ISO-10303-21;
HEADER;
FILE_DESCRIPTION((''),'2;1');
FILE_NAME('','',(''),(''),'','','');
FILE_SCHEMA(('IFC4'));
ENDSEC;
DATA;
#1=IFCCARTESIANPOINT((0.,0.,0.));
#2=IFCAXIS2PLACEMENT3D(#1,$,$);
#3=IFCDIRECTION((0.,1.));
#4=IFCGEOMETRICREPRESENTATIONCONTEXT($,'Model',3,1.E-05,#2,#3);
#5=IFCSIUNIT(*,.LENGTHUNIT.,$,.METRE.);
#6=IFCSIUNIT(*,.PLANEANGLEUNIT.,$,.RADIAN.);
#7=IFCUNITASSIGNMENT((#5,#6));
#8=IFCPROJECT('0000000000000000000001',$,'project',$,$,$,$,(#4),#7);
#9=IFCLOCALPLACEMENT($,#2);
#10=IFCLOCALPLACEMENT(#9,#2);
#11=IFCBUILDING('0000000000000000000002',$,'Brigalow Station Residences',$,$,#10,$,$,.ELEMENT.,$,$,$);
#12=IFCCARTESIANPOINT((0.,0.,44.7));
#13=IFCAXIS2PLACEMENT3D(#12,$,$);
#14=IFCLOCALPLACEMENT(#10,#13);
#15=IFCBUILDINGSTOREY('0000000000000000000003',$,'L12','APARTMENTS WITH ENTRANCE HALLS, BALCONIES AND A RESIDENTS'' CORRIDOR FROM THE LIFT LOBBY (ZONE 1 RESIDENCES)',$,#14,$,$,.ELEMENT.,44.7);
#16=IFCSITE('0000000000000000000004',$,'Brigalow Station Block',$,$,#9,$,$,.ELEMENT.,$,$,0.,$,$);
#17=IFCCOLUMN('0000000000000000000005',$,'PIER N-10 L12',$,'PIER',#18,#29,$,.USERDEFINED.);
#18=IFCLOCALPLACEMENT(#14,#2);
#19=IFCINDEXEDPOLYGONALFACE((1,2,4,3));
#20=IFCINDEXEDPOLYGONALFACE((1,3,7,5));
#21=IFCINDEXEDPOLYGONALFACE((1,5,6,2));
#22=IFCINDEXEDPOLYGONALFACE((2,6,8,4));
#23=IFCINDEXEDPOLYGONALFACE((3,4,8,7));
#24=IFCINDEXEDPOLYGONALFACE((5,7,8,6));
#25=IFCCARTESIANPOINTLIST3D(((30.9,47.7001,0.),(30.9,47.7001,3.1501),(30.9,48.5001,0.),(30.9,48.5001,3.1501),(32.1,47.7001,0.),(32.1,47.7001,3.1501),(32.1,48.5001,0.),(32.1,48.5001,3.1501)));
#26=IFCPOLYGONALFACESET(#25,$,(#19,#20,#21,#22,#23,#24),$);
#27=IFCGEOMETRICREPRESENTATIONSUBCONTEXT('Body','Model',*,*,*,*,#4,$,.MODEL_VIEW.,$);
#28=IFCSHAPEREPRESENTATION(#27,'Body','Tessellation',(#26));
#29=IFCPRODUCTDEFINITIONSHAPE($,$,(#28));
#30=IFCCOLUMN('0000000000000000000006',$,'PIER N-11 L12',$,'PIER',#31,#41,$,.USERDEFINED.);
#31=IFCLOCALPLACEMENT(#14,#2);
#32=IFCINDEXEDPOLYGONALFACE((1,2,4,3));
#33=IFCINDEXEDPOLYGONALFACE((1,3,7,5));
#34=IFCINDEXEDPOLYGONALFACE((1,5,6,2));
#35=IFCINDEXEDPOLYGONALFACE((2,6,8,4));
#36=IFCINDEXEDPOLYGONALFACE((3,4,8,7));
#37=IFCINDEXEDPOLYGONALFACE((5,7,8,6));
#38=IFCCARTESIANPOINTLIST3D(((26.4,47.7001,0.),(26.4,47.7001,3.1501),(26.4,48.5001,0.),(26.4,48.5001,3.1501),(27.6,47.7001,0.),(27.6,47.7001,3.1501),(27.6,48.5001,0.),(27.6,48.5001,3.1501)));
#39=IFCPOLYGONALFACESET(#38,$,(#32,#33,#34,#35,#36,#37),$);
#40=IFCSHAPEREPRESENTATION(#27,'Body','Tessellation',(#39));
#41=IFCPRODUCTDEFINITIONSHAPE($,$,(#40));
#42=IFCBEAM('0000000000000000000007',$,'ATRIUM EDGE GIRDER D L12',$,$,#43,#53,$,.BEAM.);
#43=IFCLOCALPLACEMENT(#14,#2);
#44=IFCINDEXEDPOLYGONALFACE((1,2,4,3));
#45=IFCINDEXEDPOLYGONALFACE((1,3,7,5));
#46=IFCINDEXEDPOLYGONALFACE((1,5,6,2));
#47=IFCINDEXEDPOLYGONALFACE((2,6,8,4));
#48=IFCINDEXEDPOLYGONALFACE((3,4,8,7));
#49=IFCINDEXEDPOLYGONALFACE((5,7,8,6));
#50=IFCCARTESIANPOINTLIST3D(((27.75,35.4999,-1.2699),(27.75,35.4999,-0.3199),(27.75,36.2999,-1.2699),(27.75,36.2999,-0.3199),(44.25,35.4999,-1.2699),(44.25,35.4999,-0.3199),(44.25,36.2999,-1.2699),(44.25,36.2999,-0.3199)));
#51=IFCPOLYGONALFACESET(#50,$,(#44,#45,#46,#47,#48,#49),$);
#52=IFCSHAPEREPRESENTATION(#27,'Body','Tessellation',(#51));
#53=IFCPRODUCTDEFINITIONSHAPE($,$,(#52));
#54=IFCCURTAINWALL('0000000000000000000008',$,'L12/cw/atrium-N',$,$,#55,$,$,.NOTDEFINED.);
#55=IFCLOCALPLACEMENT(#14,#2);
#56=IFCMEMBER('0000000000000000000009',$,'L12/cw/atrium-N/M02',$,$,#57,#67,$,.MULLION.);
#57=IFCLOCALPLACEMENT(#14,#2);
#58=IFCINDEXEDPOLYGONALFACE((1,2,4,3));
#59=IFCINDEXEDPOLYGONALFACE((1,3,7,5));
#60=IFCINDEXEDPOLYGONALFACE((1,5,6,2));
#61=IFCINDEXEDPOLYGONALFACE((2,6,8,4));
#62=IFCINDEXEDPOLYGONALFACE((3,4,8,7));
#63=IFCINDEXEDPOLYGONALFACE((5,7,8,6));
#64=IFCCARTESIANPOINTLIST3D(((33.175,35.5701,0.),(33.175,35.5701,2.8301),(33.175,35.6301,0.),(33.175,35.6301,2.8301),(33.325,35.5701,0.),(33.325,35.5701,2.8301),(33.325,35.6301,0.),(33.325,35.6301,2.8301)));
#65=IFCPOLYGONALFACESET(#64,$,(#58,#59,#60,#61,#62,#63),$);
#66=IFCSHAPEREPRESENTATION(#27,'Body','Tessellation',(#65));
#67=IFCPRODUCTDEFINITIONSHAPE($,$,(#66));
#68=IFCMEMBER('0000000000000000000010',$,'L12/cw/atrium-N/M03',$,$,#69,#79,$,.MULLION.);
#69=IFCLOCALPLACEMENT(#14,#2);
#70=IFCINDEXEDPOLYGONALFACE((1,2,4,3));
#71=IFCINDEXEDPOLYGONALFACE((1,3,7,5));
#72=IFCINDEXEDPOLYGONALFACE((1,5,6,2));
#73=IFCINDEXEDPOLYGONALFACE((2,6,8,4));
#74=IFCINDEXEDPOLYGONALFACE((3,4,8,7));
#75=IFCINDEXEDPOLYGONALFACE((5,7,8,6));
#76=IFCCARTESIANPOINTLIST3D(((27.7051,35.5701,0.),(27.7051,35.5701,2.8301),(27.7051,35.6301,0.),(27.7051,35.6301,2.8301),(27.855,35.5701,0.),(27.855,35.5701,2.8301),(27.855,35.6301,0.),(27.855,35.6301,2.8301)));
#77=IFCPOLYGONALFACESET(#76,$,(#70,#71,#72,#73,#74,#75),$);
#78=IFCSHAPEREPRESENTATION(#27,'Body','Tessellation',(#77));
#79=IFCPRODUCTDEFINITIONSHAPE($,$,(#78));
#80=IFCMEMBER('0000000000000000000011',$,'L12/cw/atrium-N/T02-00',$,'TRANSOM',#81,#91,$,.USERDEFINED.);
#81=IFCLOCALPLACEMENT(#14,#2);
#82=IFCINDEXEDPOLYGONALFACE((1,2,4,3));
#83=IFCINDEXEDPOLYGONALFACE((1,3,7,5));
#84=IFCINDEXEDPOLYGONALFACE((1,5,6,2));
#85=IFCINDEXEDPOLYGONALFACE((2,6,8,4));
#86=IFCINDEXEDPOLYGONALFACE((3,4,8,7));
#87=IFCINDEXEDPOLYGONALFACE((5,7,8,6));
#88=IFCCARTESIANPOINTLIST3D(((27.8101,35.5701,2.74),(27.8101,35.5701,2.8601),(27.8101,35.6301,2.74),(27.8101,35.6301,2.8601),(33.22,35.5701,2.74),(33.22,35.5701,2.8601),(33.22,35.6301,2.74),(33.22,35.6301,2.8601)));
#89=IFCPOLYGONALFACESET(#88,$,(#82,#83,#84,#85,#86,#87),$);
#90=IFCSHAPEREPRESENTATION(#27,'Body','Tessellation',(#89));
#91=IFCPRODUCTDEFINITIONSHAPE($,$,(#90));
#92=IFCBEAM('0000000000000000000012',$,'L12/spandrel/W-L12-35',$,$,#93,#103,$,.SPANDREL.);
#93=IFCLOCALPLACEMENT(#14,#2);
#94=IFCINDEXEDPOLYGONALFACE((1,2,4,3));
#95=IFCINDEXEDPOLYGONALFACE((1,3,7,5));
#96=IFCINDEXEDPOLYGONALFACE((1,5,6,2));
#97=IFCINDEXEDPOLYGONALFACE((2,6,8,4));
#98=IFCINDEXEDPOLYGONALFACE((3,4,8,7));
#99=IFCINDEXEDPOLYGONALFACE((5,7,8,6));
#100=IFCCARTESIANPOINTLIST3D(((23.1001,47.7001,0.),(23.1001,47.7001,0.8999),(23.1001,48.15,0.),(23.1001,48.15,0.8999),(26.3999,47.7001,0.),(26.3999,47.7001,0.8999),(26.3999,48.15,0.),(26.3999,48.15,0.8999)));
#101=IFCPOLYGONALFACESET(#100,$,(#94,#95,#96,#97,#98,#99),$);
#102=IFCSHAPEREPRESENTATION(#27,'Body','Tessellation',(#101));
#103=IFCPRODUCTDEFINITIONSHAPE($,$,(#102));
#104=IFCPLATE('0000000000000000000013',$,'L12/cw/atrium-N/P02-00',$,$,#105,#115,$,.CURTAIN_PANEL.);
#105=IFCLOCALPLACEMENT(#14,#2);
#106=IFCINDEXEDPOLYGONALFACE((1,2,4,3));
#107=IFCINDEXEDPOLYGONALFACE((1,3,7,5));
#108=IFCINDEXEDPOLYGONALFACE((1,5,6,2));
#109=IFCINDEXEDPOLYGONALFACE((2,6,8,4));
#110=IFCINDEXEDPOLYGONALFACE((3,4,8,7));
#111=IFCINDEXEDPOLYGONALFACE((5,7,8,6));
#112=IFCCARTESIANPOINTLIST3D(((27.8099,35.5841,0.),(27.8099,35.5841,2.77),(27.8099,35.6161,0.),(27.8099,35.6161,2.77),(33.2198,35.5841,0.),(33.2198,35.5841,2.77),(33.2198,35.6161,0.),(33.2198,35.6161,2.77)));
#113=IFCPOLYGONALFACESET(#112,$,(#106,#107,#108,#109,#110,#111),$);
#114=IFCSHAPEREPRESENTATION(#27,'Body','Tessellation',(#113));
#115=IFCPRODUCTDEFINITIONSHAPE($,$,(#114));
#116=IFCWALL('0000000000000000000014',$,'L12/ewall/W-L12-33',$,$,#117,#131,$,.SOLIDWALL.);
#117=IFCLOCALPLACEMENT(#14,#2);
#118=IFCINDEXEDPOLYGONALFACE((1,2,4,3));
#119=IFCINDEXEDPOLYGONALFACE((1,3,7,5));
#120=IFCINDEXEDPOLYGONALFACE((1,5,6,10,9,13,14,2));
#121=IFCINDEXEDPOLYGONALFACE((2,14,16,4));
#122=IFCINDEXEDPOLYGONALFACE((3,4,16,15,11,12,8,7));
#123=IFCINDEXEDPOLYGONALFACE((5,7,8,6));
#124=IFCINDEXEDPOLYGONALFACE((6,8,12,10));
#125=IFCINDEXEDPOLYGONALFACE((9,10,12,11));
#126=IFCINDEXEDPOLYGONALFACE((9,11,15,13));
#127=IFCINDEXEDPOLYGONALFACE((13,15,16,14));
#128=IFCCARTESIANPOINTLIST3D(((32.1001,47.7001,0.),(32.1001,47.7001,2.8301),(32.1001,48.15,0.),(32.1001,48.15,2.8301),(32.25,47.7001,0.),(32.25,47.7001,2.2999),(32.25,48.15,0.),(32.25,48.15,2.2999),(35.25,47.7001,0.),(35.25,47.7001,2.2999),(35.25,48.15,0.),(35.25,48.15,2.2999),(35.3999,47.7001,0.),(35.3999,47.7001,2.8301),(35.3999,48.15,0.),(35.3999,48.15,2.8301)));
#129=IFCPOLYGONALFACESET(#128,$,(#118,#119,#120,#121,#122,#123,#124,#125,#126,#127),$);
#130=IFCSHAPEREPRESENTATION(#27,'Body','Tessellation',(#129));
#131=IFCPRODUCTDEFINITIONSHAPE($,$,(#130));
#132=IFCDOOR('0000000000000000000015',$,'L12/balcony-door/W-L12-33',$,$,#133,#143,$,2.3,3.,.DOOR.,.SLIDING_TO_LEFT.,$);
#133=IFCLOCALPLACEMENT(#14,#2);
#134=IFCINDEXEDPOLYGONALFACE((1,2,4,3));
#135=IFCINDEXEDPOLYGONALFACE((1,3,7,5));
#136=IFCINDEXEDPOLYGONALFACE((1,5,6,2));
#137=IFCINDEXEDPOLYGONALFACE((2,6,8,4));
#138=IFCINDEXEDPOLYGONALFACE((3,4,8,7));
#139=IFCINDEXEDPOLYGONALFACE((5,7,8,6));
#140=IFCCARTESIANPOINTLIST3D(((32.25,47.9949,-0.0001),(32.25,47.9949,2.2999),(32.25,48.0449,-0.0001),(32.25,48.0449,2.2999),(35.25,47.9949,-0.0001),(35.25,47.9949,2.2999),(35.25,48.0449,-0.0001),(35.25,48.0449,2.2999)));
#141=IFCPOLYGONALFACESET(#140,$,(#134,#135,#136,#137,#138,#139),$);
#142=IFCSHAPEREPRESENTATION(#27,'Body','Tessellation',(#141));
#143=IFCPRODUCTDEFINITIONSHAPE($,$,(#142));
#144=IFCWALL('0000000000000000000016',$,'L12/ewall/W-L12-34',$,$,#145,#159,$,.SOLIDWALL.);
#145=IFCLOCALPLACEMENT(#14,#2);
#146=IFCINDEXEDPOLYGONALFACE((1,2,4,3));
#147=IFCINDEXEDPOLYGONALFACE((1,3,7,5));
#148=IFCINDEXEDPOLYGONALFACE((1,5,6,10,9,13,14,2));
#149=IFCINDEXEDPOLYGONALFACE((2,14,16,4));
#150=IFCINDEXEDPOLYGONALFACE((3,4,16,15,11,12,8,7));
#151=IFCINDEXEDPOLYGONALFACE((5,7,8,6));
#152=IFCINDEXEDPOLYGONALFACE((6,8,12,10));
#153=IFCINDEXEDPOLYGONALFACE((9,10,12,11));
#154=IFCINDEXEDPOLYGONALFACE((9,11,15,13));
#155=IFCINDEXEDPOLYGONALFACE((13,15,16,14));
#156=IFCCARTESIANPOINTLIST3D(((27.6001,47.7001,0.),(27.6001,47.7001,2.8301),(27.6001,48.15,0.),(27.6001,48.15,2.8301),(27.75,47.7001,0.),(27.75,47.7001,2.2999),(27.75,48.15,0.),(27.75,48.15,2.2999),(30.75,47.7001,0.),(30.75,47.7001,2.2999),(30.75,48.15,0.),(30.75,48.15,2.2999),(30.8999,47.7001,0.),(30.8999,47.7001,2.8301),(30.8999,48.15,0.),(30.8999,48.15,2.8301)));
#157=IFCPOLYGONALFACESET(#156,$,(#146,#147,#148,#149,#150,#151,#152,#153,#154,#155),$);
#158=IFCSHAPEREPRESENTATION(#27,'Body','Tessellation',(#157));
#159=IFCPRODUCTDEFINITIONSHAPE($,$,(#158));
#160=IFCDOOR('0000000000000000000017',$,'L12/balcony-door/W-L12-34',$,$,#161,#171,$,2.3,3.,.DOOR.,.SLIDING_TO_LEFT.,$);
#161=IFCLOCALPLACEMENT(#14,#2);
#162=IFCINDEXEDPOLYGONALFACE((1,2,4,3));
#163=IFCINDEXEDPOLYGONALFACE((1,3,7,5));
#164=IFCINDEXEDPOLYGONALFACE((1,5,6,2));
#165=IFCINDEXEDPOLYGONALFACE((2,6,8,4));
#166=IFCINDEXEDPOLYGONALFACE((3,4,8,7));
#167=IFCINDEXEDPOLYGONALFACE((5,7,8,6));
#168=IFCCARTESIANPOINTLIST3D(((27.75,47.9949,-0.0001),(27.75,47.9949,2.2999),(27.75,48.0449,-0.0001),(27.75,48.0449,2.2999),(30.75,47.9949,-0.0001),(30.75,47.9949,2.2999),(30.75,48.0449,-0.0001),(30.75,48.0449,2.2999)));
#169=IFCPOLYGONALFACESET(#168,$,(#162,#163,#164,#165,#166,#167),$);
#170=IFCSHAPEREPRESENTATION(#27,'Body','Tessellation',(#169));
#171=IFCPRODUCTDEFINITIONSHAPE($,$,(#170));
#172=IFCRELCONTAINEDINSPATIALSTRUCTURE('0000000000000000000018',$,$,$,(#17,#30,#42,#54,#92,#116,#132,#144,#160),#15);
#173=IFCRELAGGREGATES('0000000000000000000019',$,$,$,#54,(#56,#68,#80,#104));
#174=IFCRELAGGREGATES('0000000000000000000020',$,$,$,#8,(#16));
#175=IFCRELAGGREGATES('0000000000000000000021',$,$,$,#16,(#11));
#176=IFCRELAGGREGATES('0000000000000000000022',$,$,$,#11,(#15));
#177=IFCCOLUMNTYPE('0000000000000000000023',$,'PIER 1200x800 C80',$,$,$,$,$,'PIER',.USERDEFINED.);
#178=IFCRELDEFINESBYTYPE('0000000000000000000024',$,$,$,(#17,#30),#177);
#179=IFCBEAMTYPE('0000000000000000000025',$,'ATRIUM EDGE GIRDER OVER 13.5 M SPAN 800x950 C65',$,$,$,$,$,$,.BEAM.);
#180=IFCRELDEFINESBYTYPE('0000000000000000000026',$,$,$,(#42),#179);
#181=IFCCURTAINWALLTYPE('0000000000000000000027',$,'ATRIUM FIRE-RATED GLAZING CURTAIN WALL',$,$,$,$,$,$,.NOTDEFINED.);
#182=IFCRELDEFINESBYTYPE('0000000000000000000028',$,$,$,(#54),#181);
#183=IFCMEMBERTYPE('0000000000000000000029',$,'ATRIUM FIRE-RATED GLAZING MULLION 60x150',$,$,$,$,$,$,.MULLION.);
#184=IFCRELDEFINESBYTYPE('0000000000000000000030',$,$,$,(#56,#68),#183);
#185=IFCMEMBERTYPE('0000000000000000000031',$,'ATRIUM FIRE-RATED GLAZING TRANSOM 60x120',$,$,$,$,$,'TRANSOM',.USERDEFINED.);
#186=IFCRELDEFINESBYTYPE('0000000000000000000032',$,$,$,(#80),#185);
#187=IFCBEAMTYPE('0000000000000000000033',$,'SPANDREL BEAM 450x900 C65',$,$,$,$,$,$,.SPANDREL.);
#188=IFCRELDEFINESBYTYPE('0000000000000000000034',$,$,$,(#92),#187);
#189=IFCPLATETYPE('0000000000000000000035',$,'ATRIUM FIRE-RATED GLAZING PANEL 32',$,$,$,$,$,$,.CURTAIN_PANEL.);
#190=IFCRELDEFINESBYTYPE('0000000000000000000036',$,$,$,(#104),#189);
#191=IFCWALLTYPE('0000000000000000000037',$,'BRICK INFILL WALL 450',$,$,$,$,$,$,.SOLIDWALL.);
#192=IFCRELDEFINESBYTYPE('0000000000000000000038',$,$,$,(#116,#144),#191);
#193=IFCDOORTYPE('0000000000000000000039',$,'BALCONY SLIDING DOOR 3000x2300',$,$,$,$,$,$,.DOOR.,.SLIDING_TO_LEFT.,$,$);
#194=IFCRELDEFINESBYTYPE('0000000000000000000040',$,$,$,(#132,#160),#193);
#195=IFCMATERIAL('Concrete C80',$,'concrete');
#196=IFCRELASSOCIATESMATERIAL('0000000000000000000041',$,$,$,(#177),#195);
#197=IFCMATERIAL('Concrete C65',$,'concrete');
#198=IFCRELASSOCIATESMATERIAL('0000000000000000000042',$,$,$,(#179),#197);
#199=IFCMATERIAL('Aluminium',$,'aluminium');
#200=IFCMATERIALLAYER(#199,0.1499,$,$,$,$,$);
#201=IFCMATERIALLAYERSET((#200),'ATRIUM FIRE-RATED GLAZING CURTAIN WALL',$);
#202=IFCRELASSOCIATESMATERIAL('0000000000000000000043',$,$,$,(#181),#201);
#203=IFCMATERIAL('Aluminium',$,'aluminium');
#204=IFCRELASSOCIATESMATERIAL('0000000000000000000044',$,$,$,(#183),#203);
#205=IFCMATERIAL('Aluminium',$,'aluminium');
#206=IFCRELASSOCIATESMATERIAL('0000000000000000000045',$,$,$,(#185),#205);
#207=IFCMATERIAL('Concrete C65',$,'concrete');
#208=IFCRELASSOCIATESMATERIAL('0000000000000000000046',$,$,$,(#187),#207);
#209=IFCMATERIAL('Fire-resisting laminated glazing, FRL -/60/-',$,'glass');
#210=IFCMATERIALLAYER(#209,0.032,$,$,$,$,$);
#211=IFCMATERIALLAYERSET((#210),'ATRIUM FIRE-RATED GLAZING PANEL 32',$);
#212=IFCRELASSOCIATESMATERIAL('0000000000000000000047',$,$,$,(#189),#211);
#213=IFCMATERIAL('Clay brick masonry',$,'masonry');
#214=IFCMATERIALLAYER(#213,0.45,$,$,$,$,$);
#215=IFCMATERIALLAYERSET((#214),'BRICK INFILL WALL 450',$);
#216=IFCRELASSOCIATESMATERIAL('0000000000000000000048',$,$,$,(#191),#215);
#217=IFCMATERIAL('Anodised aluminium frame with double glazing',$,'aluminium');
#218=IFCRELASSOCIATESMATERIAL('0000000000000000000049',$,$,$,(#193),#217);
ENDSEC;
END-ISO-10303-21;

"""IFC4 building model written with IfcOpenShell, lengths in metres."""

from ifc_helpers import new_model, si_unit, direction, frame, frame_2d, origin, origin_2d, place, context, subcontext, project, spatial, rectangle, extrude, material, layer, layer_set, material_profile, profile_set, type_object, element, fill, aggregate, save


model = new_model("IFC4")

# Units and contexts
model_context = context("Model", 3, precision=1e-05, world=origin(), true_north=direction((0.0, 1.0)))
body_context = subcontext(model_context, "Body", "Model", "MODEL_VIEW")
ifc_project = project(units=[si_unit("LENGTHUNIT", "METRE"), si_unit("PLANEANGLEUNIT", "RADIAN")], contexts=[model_context])

# Site, building, storey
site_placement = place(None, origin())
site = spatial("IfcSite", under=ifc_project, at=site_placement, Name="Brigalow Station Block", CompositionType="ELEMENT", RefElevation=0.0)
building_placement = place(site_placement, origin())
building = spatial("IfcBuilding", under=site, at=building_placement, Name="Brigalow Station Residences", CompositionType="ELEMENT")
storey_placement = place(building_placement, frame((0.0, 0.0, 44.7)))
storey = spatial("IfcBuildingStorey", under=building, at=storey_placement, Name="L12", Description="APARTMENTS WITH ENTRANCE HALLS, BALCONIES AND A RESIDENTS' CORRIDOR FROM THE LIFT LOBBY (ZONE 1 RESIDENCES)", CompositionType="ELEMENT", Elevation=44.7)

# Columns
ifc_material_1 = material(Name="Concrete C80", Category="concrete")
ifc_material_profile_1 = material_profile(ifc_material_1, rectangle(XDim=1.2, YDim=0.8, at=origin_2d()), Name="RC1200x800")
ifc_profile_set_1 = profile_set([ifc_material_profile_1], Name="Concrete C80")
column_type = type_object("IfcColumnType", Name="PIER 1200x800 C80", ElementType="PIER", PredefinedType="USERDEFINED", material=ifc_profile_set_1)
for number, where, z_axis, x_axis, name in (
    (1, (31.5, 48.1001, 0.0), (0.0, 0.0, 1.0), (-1.0, 0.0, 0.0), "PIER N-10 L12"),
    (2, (27.0, 48.1001, 0.0), (0.0, 0.0, 1.0), (-1.0, 0.0, 0.0), "PIER N-11 L12"),
):
    element("IfcColumn", number, at=place(storey_placement, frame(where, z_axis=z_axis, x_axis=x_axis)), inside=storey, type_object=column_type, Name=name, ObjectType="PIER", PredefinedType="USERDEFINED", context=body_context, shape_type="SweptSolid", body=[
        extrude(rectangle(XDim=1.2, YDim=0.8, at=origin_2d()), origin(), (0.0, 0.0, 1.0), 3.1501),
    ])

# Beam
ifc_material_2 = material(Name="Concrete C65", Category="concrete")
ifc_material_profile_2 = material_profile(ifc_material_2, rectangle(XDim=0.8, YDim=0.95, at=origin_2d()), Name="RC800x950")
ifc_profile_set_2 = profile_set([ifc_material_profile_2], Name="Concrete C65")
beam_type_1 = type_object("IfcBeamType", Name="ATRIUM EDGE GIRDER OVER 13.5 M SPAN 800x950 C65", PredefinedType="BEAM", material=ifc_profile_set_2)
beam_1_placement = place(storey_placement, frame((27.75, 35.8999, -0.7949), z_axis=(1.0, 0.0, 0.0), x_axis=(0.0, 1.0, 0.0)))
element("IfcBeam", 3, at=beam_1_placement, inside=storey, type_object=beam_type_1, Name="ATRIUM EDGE GIRDER D L12", PredefinedType="BEAM", context=body_context, shape_type="SweptSolid", body=[
    extrude(rectangle(XDim=0.8, YDim=0.95, at=origin_2d()), origin(), (0.0, 0.0, 1.0), 16.5),
])

# Curtain wall, members
ifc_material_3 = material(Name="Aluminium", Category="aluminium")
ifc_layer_1 = layer(ifc_material_3, 0.1499)
ifc_layer_set_1 = layer_set([ifc_layer_1], Name="ATRIUM FIRE-RATED GLAZING CURTAIN WALL")
curtain_wall_type = type_object("IfcCurtainWallType", Name="ATRIUM FIRE-RATED GLAZING CURTAIN WALL", PredefinedType="NOTDEFINED", material=ifc_layer_set_1)
curtain_wall_placement = place(storey_placement, origin())
curtain_wall = element("IfcCurtainWall", 4, at=curtain_wall_placement, inside=storey, type_object=curtain_wall_type, Name="L12/cw/atrium-N", PredefinedType="NOTDEFINED")
ifc_material_4 = material(Name="Aluminium", Category="aluminium")
ifc_material_profile_3 = material_profile(ifc_material_4, rectangle(XDim=0.0601, YDim=0.1499, at=origin_2d()), Name="ATRIUM FIRE-RATED GLAZING MULLION 60x150")
ifc_profile_set_3 = profile_set([ifc_material_profile_3], Name="Aluminium")
member_type_1 = type_object("IfcMemberType", Name="ATRIUM FIRE-RATED GLAZING MULLION 60x150", PredefinedType="MULLION", material=ifc_profile_set_3)
member_1_placement = place(storey_placement, frame((33.25, 35.6001, 0.0), z_axis=(0.0, 0.0, 1.0), x_axis=(0.0, -1.0, 0.0)))
member_1 = element("IfcMember", 5, at=member_1_placement, type_object=member_type_1, Name="L12/cw/atrium-N/M02", PredefinedType="MULLION", context=body_context, shape_type="SweptSolid", body=[
    extrude(rectangle(XDim=0.0601, YDim=0.1499, at=origin_2d()), origin(), (0.0, 0.0, 1.0), 2.8301),
])
member_2_placement = place(storey_placement, frame((27.78, 35.6001, 0.0), z_axis=(0.0, 0.0, 1.0), x_axis=(0.0, -1.0, 0.0)))
member_2 = element("IfcMember", 6, at=member_2_placement, type_object=member_type_1, Name="L12/cw/atrium-N/M03", PredefinedType="MULLION", context=body_context, shape_type="SweptSolid", body=[
    extrude(rectangle(XDim=0.0601, YDim=0.1499, at=origin_2d()), origin(), (0.0, 0.0, 1.0), 2.8301),
])
ifc_material_5 = material(Name="Aluminium", Category="aluminium")
ifc_material_profile_4 = material_profile(ifc_material_5, rectangle(XDim=0.0601, YDim=0.1201, at=origin_2d()), Name="ATRIUM FIRE-RATED GLAZING TRANSOM 60x120")
ifc_profile_set_4 = profile_set([ifc_material_profile_4], Name="Aluminium")
member_type_2 = type_object("IfcMemberType", Name="ATRIUM FIRE-RATED GLAZING TRANSOM 60x120", ElementType="TRANSOM", PredefinedType="USERDEFINED", material=ifc_profile_set_4)
member_3_placement = place(storey_placement, frame((33.22, 35.6001, 2.8), z_axis=(-1.0, 0.0, 0.0), x_axis=(0.0, -1.0, 0.0)))
member_3 = element("IfcMember", 7, at=member_3_placement, type_object=member_type_2, Name="L12/cw/atrium-N/T02-00", ObjectType="TRANSOM", PredefinedType="USERDEFINED", context=body_context, shape_type="SweptSolid", body=[
    extrude(rectangle(XDim=0.0601, YDim=0.1201, at=origin_2d()), origin(), (0.0, 0.0, 1.0), 5.4099),
])

# Beam
ifc_material_6 = material(Name="Concrete C65", Category="concrete")
ifc_material_profile_5 = material_profile(ifc_material_6, rectangle(XDim=0.45, YDim=0.8999, at=origin_2d()), Name="RC450x900")
ifc_profile_set_5 = profile_set([ifc_material_profile_5], Name="Concrete C65")
beam_type_2 = type_object("IfcBeamType", Name="SPANDREL BEAM 450x900 C65", PredefinedType="SPANDREL", material=ifc_profile_set_5)
beam_2_placement = place(storey_placement, frame((26.3999, 47.925, 0.45), z_axis=(-1.0, 0.0, 0.0), x_axis=(0.0, -1.0, 0.0)))
element("IfcBeam", 8, at=beam_2_placement, inside=storey, type_object=beam_type_2, Name="L12/spandrel/W-L12-35", PredefinedType="SPANDREL", context=body_context, shape_type="SweptSolid", body=[
    extrude(rectangle(XDim=0.45, YDim=0.8999, at=origin_2d()), origin(), (0.0, 0.0, 1.0), 3.2998),
])

# Plate
ifc_material_7 = material(Name="Fire-resisting laminated glazing, FRL -/60/-", Category="glass")
ifc_layer_2 = layer(ifc_material_7, 0.032)
ifc_layer_set_2 = layer_set([ifc_layer_2], Name="ATRIUM FIRE-RATED GLAZING PANEL 32")
plate_type = type_object("IfcPlateType", Name="ATRIUM FIRE-RATED GLAZING PANEL 32", PredefinedType="CURTAIN_PANEL", material=ifc_layer_set_2)
plate_placement = place(storey_placement, frame((30.5149, 35.6001, 0.0), z_axis=(0.0, 0.0, 1.0), x_axis=(-1.0, 0.0, 0.0)))
plate = element("IfcPlate", 9, at=plate_placement, type_object=plate_type, Name="L12/cw/atrium-N/P02-00", PredefinedType="CURTAIN_PANEL", context=body_context, shape_type="SweptSolid", body=[
    extrude(rectangle(XDim=5.4099, YDim=0.032, at=origin_2d()), origin(), (0.0, 0.0, 1.0), 2.77),
])
aggregate(curtain_wall, [member_1, member_2, member_3, plate])

# Walls, openings, doors
ifc_material_8 = material(Name="Clay brick masonry", Category="masonry")
ifc_layer_3 = layer(ifc_material_8, 0.45)
ifc_layer_set_3 = layer_set([ifc_layer_3], Name="BRICK INFILL WALL 450")
wall_type_1 = type_object("IfcWallType", Name="BRICK INFILL WALL 450", PredefinedType="SOLIDWALL", material=ifc_layer_set_3)
wall_1_placement = place(storey_placement, frame((35.3999, 47.925, 0.0), z_axis=(0.0, 0.0, 1.0), x_axis=(-1.0, 0.0, 0.0)))
wall_1 = element("IfcWall", 10, at=wall_1_placement, inside=storey, type_object=wall_type_1, Name="L12/ewall/W-L12-33", PredefinedType="SOLIDWALL", context=body_context, shape_type="SweptSolid", body=[
    extrude(rectangle(XDim=3.2998, YDim=0.45, at=frame_2d((1.6499, 0.0))), origin(), (0.0, 0.0, 1.0), 2.8301),
])
opening_1_placement = place(wall_1_placement, frame((0.1499, 0.0, 0.0)))
opening_1 = element("IfcOpeningElement", 11, at=opening_1_placement, cuts=wall_1, PredefinedType="OPENING", context=body_context, shape_type="SweptSolid", body=[
    extrude(rectangle(XDim=3.0, YDim=2.3, at=frame_2d((1.5, 1.1499))), frame((0.0, 0.2349, 0.0), z_axis=(0.0, -1.0, 0.0), x_axis=(1.0, 0.0, 0.0)), (0.0, 0.0, 1.0), 0.47),
])
ifc_material_9 = material(Name="Anodised aluminium frame with double glazing", Category="aluminium")
door_type_1 = type_object("IfcDoorType", Name="BALCONY SLIDING DOOR 3000x2300", OperationType="SLIDING_TO_LEFT", PredefinedType="DOOR", material=ifc_material_9)
door_1_placement = place(opening_1_placement, origin())
door_1 = element("IfcDoor", 12, at=door_1_placement, inside=storey, type_object=door_type_1, Name="L12/balcony-door/W-L12-33", OperationType="SLIDING_TO_LEFT", OverallHeight=2.3, OverallWidth=3.0, PredefinedType="DOOR", context=body_context, shape_type="SweptSolid", body=[
    extrude(rectangle(XDim=3.0, YDim=2.3, at=frame_2d((1.5, 1.1499))), frame((0.0, -0.0698, 0.0), z_axis=(0.0, -1.0, 0.0), x_axis=(1.0, 0.0, 0.0)), (0.0, 0.0, 1.0), 0.05),
])
fill(opening_1, door_1)
wall_2_placement = place(storey_placement, frame((30.8999, 47.925, 0.0), z_axis=(0.0, 0.0, 1.0), x_axis=(-1.0, 0.0, 0.0)))
wall_2 = element("IfcWall", 13, at=wall_2_placement, inside=storey, type_object=wall_type_1, Name="L12/ewall/W-L12-34", PredefinedType="SOLIDWALL", context=body_context, shape_type="SweptSolid", body=[
    extrude(rectangle(XDim=3.2998, YDim=0.45, at=frame_2d((1.6499, 0.0))), origin(), (0.0, 0.0, 1.0), 2.8301),
])
opening_2_placement = place(wall_2_placement, frame((0.1499, 0.0, 0.0)))
opening_2 = element("IfcOpeningElement", 14, at=opening_2_placement, cuts=wall_2, PredefinedType="OPENING", context=body_context, shape_type="SweptSolid", body=[
    extrude(rectangle(XDim=3.0, YDim=2.3, at=frame_2d((1.5, 1.1499))), frame((0.0, 0.2349, 0.0), z_axis=(0.0, -1.0, 0.0), x_axis=(1.0, 0.0, 0.0)), (0.0, 0.0, 1.0), 0.47),
])
door_2_placement = place(opening_2_placement, origin())
door_2 = element("IfcDoor", 15, at=door_2_placement, inside=storey, type_object=door_type_1, Name="L12/balcony-door/W-L12-34", OperationType="SLIDING_TO_LEFT", OverallHeight=2.3, OverallWidth=3.0, PredefinedType="DOOR", context=body_context, shape_type="SweptSolid", body=[
    extrude(rectangle(XDim=3.0, YDim=2.3, at=frame_2d((1.5, 1.1499))), frame((0.0, -0.0698, 0.0), z_axis=(0.0, -1.0, 0.0), x_axis=(1.0, 0.0, 0.0)), (0.0, 0.0, 1.0), 0.05),
])
fill(opening_2, door_2)

save(model, "model.ifc")
